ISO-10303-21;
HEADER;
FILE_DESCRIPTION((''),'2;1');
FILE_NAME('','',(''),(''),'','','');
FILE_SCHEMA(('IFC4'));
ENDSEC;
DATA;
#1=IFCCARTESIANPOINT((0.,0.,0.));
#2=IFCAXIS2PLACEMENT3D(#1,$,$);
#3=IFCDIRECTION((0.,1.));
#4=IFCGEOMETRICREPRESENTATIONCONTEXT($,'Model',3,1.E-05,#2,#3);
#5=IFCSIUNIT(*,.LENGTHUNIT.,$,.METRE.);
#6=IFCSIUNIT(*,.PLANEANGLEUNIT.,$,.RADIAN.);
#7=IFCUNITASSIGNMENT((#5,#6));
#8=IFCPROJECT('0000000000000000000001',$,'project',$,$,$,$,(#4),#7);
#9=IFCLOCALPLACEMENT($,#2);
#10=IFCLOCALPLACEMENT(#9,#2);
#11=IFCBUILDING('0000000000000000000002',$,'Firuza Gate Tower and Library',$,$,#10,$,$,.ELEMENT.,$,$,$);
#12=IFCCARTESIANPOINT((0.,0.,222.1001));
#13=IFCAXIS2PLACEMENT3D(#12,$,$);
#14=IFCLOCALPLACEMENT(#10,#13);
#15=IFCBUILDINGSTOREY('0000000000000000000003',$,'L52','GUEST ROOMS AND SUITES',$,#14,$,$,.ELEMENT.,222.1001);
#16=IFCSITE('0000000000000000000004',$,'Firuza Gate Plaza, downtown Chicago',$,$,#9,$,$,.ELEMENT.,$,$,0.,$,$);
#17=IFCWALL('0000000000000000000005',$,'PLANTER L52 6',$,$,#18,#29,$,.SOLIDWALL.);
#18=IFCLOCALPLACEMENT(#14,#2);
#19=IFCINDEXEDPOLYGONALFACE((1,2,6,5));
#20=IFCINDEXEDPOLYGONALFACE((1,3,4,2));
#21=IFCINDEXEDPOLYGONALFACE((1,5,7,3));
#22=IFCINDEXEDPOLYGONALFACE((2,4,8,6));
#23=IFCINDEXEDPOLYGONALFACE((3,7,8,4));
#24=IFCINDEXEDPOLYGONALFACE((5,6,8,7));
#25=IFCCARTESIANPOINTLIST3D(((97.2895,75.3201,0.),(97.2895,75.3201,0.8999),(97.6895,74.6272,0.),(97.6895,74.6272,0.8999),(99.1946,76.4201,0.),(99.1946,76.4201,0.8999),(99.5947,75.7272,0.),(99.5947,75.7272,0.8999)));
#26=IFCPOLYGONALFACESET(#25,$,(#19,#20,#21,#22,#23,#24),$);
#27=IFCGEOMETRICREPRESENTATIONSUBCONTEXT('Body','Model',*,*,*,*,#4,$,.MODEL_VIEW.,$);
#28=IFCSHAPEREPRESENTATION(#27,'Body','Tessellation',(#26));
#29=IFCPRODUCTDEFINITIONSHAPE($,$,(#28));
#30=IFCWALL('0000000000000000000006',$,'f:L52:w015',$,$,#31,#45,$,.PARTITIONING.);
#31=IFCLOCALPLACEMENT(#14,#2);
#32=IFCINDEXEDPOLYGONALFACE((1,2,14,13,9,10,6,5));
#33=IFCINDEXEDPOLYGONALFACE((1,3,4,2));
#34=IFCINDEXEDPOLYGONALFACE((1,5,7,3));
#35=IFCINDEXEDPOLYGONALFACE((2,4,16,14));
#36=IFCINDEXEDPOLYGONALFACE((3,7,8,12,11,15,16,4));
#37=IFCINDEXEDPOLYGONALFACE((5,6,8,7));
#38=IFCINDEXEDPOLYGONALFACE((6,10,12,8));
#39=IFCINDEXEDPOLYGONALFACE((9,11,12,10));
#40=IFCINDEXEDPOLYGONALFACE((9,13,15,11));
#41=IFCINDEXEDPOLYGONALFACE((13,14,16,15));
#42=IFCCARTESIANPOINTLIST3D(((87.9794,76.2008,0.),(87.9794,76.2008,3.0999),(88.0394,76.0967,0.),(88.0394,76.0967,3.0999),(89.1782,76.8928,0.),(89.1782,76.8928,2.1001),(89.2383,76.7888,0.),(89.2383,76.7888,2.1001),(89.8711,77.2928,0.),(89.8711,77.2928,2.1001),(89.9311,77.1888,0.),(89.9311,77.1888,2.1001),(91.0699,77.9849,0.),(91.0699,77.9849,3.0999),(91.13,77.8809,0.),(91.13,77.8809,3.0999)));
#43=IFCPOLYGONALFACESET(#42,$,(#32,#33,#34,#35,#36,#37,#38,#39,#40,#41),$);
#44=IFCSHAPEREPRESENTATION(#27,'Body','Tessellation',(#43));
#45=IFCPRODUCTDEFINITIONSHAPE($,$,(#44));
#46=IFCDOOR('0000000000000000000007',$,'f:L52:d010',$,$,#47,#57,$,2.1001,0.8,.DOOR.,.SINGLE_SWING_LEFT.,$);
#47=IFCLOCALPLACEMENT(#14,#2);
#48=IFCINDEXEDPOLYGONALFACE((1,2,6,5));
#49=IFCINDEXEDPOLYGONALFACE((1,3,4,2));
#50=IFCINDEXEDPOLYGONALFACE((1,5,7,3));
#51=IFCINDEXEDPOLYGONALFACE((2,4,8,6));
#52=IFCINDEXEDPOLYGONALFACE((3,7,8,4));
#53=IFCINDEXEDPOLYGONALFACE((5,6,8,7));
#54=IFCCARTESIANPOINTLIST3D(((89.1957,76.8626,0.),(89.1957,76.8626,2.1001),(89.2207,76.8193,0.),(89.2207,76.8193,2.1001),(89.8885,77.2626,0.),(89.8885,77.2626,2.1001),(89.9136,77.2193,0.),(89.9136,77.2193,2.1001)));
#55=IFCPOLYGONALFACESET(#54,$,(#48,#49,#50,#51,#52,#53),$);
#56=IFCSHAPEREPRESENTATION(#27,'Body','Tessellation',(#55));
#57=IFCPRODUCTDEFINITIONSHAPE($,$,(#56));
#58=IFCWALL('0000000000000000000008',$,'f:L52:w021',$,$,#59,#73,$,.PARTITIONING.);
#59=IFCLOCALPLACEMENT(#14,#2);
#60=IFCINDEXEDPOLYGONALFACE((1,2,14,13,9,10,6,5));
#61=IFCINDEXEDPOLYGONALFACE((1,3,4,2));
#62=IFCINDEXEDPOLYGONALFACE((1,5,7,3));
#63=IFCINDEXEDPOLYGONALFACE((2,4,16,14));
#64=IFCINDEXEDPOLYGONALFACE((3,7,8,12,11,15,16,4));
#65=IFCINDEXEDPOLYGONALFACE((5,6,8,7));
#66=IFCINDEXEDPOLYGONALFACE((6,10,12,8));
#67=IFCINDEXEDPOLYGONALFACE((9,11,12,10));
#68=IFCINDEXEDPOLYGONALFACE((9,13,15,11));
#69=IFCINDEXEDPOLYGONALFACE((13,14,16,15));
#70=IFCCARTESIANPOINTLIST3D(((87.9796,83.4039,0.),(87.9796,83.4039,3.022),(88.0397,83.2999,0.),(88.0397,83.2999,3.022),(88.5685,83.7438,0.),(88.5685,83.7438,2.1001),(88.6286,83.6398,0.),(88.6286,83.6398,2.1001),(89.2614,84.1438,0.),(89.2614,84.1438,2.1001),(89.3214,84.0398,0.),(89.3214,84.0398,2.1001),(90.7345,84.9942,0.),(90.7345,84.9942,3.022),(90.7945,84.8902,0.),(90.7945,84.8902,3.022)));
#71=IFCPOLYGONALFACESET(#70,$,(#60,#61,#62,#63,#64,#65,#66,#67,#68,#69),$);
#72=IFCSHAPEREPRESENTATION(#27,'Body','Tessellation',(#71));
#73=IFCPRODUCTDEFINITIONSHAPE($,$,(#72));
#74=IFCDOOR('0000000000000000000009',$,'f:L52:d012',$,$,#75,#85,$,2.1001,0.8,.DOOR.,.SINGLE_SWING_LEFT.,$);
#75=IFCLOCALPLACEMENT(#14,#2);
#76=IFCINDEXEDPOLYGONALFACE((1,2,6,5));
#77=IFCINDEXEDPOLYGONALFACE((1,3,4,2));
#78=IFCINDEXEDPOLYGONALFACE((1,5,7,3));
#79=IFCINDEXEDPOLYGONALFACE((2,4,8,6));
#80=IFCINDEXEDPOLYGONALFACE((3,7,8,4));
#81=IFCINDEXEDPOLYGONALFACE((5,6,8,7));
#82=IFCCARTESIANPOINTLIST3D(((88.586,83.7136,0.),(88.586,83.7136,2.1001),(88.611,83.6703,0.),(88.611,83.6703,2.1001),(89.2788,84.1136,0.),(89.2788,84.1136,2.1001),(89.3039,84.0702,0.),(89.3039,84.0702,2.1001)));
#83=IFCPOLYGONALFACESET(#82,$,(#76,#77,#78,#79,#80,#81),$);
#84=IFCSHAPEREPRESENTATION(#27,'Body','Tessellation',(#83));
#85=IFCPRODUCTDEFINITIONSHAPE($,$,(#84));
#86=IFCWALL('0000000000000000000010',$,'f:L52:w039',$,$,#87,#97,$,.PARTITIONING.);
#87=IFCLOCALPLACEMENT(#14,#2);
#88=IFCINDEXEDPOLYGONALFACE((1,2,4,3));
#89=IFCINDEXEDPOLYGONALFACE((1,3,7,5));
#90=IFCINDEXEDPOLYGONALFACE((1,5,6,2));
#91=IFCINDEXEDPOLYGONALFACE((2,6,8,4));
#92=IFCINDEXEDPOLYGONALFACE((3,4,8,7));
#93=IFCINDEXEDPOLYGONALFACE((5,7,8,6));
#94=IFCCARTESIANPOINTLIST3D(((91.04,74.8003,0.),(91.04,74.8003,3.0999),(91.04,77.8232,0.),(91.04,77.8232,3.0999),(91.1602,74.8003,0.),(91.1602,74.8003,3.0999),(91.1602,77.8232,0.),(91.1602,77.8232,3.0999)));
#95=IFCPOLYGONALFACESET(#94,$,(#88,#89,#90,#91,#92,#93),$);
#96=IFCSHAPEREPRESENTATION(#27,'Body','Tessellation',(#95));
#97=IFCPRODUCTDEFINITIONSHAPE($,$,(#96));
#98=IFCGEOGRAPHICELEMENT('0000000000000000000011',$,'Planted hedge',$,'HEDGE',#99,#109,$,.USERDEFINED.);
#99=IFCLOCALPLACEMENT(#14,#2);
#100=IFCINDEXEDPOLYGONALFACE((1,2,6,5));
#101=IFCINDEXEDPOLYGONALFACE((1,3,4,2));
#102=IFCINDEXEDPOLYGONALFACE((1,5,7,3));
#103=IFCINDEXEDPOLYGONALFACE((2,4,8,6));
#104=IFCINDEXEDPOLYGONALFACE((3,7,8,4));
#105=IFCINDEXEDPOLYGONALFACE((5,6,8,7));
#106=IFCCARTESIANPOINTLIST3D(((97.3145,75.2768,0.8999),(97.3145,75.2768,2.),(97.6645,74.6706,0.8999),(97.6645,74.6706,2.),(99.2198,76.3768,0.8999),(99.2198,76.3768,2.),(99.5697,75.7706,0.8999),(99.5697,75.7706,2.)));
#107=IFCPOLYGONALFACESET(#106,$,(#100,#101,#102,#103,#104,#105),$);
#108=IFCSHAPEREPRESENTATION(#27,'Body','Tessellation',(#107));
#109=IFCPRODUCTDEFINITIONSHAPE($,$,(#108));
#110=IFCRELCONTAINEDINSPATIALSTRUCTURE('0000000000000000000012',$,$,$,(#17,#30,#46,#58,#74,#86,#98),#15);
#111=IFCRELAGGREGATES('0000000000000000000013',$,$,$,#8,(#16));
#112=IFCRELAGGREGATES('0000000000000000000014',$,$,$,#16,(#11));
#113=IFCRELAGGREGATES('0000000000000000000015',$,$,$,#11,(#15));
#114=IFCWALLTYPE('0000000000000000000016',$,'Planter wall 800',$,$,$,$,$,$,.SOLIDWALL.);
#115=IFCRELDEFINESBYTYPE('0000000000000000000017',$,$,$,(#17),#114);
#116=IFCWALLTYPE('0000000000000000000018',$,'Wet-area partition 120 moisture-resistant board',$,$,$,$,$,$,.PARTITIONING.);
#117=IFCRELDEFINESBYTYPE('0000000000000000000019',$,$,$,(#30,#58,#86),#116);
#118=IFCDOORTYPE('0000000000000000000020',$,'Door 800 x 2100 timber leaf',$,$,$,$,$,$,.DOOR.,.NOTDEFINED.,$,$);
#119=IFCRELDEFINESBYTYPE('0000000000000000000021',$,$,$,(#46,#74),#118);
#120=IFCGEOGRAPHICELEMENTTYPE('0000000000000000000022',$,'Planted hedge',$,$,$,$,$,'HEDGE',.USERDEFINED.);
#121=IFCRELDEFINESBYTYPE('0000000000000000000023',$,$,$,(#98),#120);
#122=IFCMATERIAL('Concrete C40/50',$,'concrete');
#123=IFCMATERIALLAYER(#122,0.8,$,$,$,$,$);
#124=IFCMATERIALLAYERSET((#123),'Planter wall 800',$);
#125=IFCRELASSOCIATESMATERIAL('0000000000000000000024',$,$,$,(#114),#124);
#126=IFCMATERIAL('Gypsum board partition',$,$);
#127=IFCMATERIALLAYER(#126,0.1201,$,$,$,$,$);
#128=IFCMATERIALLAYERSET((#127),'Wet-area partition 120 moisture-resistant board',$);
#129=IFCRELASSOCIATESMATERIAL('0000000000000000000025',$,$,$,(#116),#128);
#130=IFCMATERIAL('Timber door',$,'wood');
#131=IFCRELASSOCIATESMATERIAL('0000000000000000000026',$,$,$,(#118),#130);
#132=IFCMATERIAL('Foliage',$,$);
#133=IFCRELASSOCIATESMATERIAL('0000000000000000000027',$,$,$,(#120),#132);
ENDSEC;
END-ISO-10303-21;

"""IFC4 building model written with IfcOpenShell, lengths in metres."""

from ifc_helpers import new_model, si_unit, direction, frame, frame_2d, origin, origin_2d, place, context, subcontext, project, spatial, rectangle, extrude, material, layer, layer_set, type_object, element, fill, save


model = new_model("IFC4")

# Units and contexts
model_context = context("Model", 3, precision=1e-05, world=origin(), true_north=direction((0.0, 1.0)))
body_context = subcontext(model_context, "Body", "Model", "MODEL_VIEW")
ifc_project = project(units=[si_unit("LENGTHUNIT", "METRE"), si_unit("PLANEANGLEUNIT", "RADIAN")], contexts=[model_context])

# Site, building, storey
site_placement = place(None, origin())
site = spatial("IfcSite", under=ifc_project, at=site_placement, Name="Firuza Gate Plaza, downtown Chicago", CompositionType="ELEMENT", RefElevation=0.0)
building_placement = place(site_placement, origin())
building = spatial("IfcBuilding", under=site, at=building_placement, Name="Firuza Gate Tower and Library", CompositionType="ELEMENT")
storey_placement = place(building_placement, frame((0.0, 0.0, 222.1001)))
storey = spatial("IfcBuildingStorey", under=building, at=storey_placement, Name="L52", Description="GUEST ROOMS AND SUITES", CompositionType="ELEMENT", Elevation=222.1001)

# Wall
ifc_material_1 = material(Name="Concrete C40/50", Category="concrete")
ifc_layer_1 = layer(ifc_material_1, 0.8)
ifc_layer_set_1 = layer_set([ifc_layer_1], Name="Planter wall 800")
wall_type_1 = type_object("IfcWallType", Name="Planter wall 800", PredefinedType="SOLIDWALL", material=ifc_layer_set_1)
wall_1_placement = place(storey_placement, frame((99.3948, 76.0737, 0.0), z_axis=(0.0, 0.0, 1.0), x_axis=(-0.866008, -0.50003, 0.0)))
element("IfcWall", 1, at=wall_1_placement, inside=storey, type_object=wall_type_1, Name="PLANTER L52 6", PredefinedType="SOLIDWALL", context=body_context, shape_type="SweptSolid", body=[
    extrude(rectangle(XDim=2.2, YDim=0.8, at=frame_2d((1.1001, 0.0))), origin(), (0.0, 0.0, 1.0), 0.8999),
])

# Walls, openings, doors
ifc_material_2 = material(Name="Gypsum board partition")
ifc_layer_2 = layer(ifc_material_2, 0.1201)
ifc_layer_set_2 = layer_set([ifc_layer_2], Name="Wet-area partition 120 moisture-resistant board")
wall_type_2 = type_object("IfcWallType", Name="Wet-area partition 120 moisture-resistant board", PredefinedType="PARTITIONING", material=ifc_layer_set_2)
wall_2_placement = place(storey_placement, frame((91.0999, 77.9329, 0.0), z_axis=(0.0, 0.0, 1.0), x_axis=(-0.866045, -0.499965, 0.0)))
wall_2 = element("IfcWall", 2, at=wall_2_placement, inside=storey, type_object=wall_type_2, Name="f:L52:w015", PredefinedType="PARTITIONING", context=body_context, shape_type="SweptSolid", body=[
    extrude(rectangle(XDim=3.5686, YDim=0.1201, at=frame_2d((1.7842, 0.0))), origin(), (0.0, 0.0, 1.0), 3.0999),
])
opening_1_placement = place(wall_2_placement, frame((1.3843, 0.0, 0.0)))
opening_1 = element("IfcOpeningElement", 3, at=opening_1_placement, cuts=wall_2, PredefinedType="OPENING", context=body_context, shape_type="SweptSolid", body=[
    extrude(rectangle(XDim=0.8, YDim=2.1001, at=frame_2d((0.3999, 1.05))), frame((0.0, 0.0701, 0.0), z_axis=(0.0, -1.0, 0.0), x_axis=(1.0, 0.0, 0.0)), (0.0, 0.0, 1.0), 0.1401),
])
ifc_material_3 = material(Name="Timber door", Category="wood")
door_type = type_object("IfcDoorType", Name="Door 800 x 2100 timber leaf", OperationType="NOTDEFINED", PredefinedType="DOOR", material=ifc_material_3)
door_1_placement = place(opening_1_placement, origin())
door_1 = element("IfcDoor", 4, at=door_1_placement, inside=storey, type_object=door_type, Name="f:L52:d010", OperationType="SINGLE_SWING_LEFT", OverallHeight=2.1001, OverallWidth=0.8, PredefinedType="DOOR", context=body_context, shape_type="SweptSolid", body=[
    extrude(rectangle(XDim=0.8, YDim=2.1001, at=frame_2d((0.3999, 1.05))), frame((0.0, 0.0249, 0.0), z_axis=(0.0, -1.0, 0.0), x_axis=(1.0, 0.0, 0.0)), (0.0, 0.0, 1.0), 0.05),
])
fill(opening_1, door_1)
wall_3_placement = place(storey_placement, frame((90.7644, 84.9421, 0.0), z_axis=(0.0, 0.0, 1.0), x_axis=(-0.866053, -0.499953, 0.0)))
wall_3 = element("IfcWall", 5, at=wall_3_placement, inside=storey, type_object=wall_type_2, Name="f:L52:w021", PredefinedType="PARTITIONING", context=body_context, shape_type="SweptSolid", body=[
    extrude(rectangle(XDim=3.1809, YDim=0.1201, at=frame_2d((1.5903, 0.0))), origin(), (0.0, 0.0, 1.0), 3.022),
])
opening_2_placement = place(wall_3_placement, frame((1.7009, 0.0, 0.0)))
opening_2 = element("IfcOpeningElement", 6, at=opening_2_placement, cuts=wall_3, PredefinedType="OPENING", context=body_context, shape_type="SweptSolid", body=[
    extrude(rectangle(XDim=0.8, YDim=2.1001, at=frame_2d((0.3999, 1.05))), frame((0.0, 0.0701, 0.0), z_axis=(0.0, -1.0, 0.0), x_axis=(1.0, 0.0, 0.0)), (0.0, 0.0, 1.0), 0.1401),
])
door_2_placement = place(opening_2_placement, origin())
door_2 = element("IfcDoor", 7, at=door_2_placement, inside=storey, type_object=door_type, Name="f:L52:d012", OperationType="SINGLE_SWING_LEFT", OverallHeight=2.1001, OverallWidth=0.8, PredefinedType="DOOR", context=body_context, shape_type="SweptSolid", body=[
    extrude(rectangle(XDim=0.8, YDim=2.1001, at=frame_2d((0.3999, 1.05))), frame((0.0, 0.0249, 0.0), z_axis=(0.0, -1.0, 0.0), x_axis=(1.0, 0.0, 0.0)), (0.0, 0.0, 1.0), 0.05),
])
fill(opening_2, door_2)

# Wall
wall_4_placement = place(storey_placement, frame((91.1001, 74.8003, 0.0), z_axis=(0.0, 0.0, 1.0), x_axis=(0.0, 1.0, 0.0)))
element("IfcWall", 8, at=wall_4_placement, inside=storey, type_object=wall_type_2, Name="f:L52:w039", PredefinedType="PARTITIONING", context=body_context, shape_type="SweptSolid", body=[
    extrude(rectangle(XDim=3.0229, YDim=0.1201, at=frame_2d((1.5115, 0.0))), origin(), (0.0, 0.0, 1.0), 3.0999),
])

# Geographic element
ifc_material_4 = material(Name="Foliage")
geographic_element_type = type_object("IfcGeographicElementType", Name="Planted hedge", ElementType="HEDGE", PredefinedType="USERDEFINED", material=ifc_material_4)
geographic_element_placement = place(storey_placement, frame((98.4421, 75.5237, 0.8999), z_axis=(0.0, 0.0, 1.0), x_axis=(-0.866025, -0.5, 0.0)))
element("IfcGeographicElement", 9, at=geographic_element_placement, inside=storey, type_object=geographic_element_type, Name="Planted hedge", ObjectType="HEDGE", PredefinedType="USERDEFINED", context=body_context, shape_type="SweptSolid", body=[
    extrude(rectangle(XDim=2.2, YDim=0.7, at=origin_2d()), origin(), (0.0, 0.0, 1.0), 1.1001),
])

save(model, "model.ifc")
